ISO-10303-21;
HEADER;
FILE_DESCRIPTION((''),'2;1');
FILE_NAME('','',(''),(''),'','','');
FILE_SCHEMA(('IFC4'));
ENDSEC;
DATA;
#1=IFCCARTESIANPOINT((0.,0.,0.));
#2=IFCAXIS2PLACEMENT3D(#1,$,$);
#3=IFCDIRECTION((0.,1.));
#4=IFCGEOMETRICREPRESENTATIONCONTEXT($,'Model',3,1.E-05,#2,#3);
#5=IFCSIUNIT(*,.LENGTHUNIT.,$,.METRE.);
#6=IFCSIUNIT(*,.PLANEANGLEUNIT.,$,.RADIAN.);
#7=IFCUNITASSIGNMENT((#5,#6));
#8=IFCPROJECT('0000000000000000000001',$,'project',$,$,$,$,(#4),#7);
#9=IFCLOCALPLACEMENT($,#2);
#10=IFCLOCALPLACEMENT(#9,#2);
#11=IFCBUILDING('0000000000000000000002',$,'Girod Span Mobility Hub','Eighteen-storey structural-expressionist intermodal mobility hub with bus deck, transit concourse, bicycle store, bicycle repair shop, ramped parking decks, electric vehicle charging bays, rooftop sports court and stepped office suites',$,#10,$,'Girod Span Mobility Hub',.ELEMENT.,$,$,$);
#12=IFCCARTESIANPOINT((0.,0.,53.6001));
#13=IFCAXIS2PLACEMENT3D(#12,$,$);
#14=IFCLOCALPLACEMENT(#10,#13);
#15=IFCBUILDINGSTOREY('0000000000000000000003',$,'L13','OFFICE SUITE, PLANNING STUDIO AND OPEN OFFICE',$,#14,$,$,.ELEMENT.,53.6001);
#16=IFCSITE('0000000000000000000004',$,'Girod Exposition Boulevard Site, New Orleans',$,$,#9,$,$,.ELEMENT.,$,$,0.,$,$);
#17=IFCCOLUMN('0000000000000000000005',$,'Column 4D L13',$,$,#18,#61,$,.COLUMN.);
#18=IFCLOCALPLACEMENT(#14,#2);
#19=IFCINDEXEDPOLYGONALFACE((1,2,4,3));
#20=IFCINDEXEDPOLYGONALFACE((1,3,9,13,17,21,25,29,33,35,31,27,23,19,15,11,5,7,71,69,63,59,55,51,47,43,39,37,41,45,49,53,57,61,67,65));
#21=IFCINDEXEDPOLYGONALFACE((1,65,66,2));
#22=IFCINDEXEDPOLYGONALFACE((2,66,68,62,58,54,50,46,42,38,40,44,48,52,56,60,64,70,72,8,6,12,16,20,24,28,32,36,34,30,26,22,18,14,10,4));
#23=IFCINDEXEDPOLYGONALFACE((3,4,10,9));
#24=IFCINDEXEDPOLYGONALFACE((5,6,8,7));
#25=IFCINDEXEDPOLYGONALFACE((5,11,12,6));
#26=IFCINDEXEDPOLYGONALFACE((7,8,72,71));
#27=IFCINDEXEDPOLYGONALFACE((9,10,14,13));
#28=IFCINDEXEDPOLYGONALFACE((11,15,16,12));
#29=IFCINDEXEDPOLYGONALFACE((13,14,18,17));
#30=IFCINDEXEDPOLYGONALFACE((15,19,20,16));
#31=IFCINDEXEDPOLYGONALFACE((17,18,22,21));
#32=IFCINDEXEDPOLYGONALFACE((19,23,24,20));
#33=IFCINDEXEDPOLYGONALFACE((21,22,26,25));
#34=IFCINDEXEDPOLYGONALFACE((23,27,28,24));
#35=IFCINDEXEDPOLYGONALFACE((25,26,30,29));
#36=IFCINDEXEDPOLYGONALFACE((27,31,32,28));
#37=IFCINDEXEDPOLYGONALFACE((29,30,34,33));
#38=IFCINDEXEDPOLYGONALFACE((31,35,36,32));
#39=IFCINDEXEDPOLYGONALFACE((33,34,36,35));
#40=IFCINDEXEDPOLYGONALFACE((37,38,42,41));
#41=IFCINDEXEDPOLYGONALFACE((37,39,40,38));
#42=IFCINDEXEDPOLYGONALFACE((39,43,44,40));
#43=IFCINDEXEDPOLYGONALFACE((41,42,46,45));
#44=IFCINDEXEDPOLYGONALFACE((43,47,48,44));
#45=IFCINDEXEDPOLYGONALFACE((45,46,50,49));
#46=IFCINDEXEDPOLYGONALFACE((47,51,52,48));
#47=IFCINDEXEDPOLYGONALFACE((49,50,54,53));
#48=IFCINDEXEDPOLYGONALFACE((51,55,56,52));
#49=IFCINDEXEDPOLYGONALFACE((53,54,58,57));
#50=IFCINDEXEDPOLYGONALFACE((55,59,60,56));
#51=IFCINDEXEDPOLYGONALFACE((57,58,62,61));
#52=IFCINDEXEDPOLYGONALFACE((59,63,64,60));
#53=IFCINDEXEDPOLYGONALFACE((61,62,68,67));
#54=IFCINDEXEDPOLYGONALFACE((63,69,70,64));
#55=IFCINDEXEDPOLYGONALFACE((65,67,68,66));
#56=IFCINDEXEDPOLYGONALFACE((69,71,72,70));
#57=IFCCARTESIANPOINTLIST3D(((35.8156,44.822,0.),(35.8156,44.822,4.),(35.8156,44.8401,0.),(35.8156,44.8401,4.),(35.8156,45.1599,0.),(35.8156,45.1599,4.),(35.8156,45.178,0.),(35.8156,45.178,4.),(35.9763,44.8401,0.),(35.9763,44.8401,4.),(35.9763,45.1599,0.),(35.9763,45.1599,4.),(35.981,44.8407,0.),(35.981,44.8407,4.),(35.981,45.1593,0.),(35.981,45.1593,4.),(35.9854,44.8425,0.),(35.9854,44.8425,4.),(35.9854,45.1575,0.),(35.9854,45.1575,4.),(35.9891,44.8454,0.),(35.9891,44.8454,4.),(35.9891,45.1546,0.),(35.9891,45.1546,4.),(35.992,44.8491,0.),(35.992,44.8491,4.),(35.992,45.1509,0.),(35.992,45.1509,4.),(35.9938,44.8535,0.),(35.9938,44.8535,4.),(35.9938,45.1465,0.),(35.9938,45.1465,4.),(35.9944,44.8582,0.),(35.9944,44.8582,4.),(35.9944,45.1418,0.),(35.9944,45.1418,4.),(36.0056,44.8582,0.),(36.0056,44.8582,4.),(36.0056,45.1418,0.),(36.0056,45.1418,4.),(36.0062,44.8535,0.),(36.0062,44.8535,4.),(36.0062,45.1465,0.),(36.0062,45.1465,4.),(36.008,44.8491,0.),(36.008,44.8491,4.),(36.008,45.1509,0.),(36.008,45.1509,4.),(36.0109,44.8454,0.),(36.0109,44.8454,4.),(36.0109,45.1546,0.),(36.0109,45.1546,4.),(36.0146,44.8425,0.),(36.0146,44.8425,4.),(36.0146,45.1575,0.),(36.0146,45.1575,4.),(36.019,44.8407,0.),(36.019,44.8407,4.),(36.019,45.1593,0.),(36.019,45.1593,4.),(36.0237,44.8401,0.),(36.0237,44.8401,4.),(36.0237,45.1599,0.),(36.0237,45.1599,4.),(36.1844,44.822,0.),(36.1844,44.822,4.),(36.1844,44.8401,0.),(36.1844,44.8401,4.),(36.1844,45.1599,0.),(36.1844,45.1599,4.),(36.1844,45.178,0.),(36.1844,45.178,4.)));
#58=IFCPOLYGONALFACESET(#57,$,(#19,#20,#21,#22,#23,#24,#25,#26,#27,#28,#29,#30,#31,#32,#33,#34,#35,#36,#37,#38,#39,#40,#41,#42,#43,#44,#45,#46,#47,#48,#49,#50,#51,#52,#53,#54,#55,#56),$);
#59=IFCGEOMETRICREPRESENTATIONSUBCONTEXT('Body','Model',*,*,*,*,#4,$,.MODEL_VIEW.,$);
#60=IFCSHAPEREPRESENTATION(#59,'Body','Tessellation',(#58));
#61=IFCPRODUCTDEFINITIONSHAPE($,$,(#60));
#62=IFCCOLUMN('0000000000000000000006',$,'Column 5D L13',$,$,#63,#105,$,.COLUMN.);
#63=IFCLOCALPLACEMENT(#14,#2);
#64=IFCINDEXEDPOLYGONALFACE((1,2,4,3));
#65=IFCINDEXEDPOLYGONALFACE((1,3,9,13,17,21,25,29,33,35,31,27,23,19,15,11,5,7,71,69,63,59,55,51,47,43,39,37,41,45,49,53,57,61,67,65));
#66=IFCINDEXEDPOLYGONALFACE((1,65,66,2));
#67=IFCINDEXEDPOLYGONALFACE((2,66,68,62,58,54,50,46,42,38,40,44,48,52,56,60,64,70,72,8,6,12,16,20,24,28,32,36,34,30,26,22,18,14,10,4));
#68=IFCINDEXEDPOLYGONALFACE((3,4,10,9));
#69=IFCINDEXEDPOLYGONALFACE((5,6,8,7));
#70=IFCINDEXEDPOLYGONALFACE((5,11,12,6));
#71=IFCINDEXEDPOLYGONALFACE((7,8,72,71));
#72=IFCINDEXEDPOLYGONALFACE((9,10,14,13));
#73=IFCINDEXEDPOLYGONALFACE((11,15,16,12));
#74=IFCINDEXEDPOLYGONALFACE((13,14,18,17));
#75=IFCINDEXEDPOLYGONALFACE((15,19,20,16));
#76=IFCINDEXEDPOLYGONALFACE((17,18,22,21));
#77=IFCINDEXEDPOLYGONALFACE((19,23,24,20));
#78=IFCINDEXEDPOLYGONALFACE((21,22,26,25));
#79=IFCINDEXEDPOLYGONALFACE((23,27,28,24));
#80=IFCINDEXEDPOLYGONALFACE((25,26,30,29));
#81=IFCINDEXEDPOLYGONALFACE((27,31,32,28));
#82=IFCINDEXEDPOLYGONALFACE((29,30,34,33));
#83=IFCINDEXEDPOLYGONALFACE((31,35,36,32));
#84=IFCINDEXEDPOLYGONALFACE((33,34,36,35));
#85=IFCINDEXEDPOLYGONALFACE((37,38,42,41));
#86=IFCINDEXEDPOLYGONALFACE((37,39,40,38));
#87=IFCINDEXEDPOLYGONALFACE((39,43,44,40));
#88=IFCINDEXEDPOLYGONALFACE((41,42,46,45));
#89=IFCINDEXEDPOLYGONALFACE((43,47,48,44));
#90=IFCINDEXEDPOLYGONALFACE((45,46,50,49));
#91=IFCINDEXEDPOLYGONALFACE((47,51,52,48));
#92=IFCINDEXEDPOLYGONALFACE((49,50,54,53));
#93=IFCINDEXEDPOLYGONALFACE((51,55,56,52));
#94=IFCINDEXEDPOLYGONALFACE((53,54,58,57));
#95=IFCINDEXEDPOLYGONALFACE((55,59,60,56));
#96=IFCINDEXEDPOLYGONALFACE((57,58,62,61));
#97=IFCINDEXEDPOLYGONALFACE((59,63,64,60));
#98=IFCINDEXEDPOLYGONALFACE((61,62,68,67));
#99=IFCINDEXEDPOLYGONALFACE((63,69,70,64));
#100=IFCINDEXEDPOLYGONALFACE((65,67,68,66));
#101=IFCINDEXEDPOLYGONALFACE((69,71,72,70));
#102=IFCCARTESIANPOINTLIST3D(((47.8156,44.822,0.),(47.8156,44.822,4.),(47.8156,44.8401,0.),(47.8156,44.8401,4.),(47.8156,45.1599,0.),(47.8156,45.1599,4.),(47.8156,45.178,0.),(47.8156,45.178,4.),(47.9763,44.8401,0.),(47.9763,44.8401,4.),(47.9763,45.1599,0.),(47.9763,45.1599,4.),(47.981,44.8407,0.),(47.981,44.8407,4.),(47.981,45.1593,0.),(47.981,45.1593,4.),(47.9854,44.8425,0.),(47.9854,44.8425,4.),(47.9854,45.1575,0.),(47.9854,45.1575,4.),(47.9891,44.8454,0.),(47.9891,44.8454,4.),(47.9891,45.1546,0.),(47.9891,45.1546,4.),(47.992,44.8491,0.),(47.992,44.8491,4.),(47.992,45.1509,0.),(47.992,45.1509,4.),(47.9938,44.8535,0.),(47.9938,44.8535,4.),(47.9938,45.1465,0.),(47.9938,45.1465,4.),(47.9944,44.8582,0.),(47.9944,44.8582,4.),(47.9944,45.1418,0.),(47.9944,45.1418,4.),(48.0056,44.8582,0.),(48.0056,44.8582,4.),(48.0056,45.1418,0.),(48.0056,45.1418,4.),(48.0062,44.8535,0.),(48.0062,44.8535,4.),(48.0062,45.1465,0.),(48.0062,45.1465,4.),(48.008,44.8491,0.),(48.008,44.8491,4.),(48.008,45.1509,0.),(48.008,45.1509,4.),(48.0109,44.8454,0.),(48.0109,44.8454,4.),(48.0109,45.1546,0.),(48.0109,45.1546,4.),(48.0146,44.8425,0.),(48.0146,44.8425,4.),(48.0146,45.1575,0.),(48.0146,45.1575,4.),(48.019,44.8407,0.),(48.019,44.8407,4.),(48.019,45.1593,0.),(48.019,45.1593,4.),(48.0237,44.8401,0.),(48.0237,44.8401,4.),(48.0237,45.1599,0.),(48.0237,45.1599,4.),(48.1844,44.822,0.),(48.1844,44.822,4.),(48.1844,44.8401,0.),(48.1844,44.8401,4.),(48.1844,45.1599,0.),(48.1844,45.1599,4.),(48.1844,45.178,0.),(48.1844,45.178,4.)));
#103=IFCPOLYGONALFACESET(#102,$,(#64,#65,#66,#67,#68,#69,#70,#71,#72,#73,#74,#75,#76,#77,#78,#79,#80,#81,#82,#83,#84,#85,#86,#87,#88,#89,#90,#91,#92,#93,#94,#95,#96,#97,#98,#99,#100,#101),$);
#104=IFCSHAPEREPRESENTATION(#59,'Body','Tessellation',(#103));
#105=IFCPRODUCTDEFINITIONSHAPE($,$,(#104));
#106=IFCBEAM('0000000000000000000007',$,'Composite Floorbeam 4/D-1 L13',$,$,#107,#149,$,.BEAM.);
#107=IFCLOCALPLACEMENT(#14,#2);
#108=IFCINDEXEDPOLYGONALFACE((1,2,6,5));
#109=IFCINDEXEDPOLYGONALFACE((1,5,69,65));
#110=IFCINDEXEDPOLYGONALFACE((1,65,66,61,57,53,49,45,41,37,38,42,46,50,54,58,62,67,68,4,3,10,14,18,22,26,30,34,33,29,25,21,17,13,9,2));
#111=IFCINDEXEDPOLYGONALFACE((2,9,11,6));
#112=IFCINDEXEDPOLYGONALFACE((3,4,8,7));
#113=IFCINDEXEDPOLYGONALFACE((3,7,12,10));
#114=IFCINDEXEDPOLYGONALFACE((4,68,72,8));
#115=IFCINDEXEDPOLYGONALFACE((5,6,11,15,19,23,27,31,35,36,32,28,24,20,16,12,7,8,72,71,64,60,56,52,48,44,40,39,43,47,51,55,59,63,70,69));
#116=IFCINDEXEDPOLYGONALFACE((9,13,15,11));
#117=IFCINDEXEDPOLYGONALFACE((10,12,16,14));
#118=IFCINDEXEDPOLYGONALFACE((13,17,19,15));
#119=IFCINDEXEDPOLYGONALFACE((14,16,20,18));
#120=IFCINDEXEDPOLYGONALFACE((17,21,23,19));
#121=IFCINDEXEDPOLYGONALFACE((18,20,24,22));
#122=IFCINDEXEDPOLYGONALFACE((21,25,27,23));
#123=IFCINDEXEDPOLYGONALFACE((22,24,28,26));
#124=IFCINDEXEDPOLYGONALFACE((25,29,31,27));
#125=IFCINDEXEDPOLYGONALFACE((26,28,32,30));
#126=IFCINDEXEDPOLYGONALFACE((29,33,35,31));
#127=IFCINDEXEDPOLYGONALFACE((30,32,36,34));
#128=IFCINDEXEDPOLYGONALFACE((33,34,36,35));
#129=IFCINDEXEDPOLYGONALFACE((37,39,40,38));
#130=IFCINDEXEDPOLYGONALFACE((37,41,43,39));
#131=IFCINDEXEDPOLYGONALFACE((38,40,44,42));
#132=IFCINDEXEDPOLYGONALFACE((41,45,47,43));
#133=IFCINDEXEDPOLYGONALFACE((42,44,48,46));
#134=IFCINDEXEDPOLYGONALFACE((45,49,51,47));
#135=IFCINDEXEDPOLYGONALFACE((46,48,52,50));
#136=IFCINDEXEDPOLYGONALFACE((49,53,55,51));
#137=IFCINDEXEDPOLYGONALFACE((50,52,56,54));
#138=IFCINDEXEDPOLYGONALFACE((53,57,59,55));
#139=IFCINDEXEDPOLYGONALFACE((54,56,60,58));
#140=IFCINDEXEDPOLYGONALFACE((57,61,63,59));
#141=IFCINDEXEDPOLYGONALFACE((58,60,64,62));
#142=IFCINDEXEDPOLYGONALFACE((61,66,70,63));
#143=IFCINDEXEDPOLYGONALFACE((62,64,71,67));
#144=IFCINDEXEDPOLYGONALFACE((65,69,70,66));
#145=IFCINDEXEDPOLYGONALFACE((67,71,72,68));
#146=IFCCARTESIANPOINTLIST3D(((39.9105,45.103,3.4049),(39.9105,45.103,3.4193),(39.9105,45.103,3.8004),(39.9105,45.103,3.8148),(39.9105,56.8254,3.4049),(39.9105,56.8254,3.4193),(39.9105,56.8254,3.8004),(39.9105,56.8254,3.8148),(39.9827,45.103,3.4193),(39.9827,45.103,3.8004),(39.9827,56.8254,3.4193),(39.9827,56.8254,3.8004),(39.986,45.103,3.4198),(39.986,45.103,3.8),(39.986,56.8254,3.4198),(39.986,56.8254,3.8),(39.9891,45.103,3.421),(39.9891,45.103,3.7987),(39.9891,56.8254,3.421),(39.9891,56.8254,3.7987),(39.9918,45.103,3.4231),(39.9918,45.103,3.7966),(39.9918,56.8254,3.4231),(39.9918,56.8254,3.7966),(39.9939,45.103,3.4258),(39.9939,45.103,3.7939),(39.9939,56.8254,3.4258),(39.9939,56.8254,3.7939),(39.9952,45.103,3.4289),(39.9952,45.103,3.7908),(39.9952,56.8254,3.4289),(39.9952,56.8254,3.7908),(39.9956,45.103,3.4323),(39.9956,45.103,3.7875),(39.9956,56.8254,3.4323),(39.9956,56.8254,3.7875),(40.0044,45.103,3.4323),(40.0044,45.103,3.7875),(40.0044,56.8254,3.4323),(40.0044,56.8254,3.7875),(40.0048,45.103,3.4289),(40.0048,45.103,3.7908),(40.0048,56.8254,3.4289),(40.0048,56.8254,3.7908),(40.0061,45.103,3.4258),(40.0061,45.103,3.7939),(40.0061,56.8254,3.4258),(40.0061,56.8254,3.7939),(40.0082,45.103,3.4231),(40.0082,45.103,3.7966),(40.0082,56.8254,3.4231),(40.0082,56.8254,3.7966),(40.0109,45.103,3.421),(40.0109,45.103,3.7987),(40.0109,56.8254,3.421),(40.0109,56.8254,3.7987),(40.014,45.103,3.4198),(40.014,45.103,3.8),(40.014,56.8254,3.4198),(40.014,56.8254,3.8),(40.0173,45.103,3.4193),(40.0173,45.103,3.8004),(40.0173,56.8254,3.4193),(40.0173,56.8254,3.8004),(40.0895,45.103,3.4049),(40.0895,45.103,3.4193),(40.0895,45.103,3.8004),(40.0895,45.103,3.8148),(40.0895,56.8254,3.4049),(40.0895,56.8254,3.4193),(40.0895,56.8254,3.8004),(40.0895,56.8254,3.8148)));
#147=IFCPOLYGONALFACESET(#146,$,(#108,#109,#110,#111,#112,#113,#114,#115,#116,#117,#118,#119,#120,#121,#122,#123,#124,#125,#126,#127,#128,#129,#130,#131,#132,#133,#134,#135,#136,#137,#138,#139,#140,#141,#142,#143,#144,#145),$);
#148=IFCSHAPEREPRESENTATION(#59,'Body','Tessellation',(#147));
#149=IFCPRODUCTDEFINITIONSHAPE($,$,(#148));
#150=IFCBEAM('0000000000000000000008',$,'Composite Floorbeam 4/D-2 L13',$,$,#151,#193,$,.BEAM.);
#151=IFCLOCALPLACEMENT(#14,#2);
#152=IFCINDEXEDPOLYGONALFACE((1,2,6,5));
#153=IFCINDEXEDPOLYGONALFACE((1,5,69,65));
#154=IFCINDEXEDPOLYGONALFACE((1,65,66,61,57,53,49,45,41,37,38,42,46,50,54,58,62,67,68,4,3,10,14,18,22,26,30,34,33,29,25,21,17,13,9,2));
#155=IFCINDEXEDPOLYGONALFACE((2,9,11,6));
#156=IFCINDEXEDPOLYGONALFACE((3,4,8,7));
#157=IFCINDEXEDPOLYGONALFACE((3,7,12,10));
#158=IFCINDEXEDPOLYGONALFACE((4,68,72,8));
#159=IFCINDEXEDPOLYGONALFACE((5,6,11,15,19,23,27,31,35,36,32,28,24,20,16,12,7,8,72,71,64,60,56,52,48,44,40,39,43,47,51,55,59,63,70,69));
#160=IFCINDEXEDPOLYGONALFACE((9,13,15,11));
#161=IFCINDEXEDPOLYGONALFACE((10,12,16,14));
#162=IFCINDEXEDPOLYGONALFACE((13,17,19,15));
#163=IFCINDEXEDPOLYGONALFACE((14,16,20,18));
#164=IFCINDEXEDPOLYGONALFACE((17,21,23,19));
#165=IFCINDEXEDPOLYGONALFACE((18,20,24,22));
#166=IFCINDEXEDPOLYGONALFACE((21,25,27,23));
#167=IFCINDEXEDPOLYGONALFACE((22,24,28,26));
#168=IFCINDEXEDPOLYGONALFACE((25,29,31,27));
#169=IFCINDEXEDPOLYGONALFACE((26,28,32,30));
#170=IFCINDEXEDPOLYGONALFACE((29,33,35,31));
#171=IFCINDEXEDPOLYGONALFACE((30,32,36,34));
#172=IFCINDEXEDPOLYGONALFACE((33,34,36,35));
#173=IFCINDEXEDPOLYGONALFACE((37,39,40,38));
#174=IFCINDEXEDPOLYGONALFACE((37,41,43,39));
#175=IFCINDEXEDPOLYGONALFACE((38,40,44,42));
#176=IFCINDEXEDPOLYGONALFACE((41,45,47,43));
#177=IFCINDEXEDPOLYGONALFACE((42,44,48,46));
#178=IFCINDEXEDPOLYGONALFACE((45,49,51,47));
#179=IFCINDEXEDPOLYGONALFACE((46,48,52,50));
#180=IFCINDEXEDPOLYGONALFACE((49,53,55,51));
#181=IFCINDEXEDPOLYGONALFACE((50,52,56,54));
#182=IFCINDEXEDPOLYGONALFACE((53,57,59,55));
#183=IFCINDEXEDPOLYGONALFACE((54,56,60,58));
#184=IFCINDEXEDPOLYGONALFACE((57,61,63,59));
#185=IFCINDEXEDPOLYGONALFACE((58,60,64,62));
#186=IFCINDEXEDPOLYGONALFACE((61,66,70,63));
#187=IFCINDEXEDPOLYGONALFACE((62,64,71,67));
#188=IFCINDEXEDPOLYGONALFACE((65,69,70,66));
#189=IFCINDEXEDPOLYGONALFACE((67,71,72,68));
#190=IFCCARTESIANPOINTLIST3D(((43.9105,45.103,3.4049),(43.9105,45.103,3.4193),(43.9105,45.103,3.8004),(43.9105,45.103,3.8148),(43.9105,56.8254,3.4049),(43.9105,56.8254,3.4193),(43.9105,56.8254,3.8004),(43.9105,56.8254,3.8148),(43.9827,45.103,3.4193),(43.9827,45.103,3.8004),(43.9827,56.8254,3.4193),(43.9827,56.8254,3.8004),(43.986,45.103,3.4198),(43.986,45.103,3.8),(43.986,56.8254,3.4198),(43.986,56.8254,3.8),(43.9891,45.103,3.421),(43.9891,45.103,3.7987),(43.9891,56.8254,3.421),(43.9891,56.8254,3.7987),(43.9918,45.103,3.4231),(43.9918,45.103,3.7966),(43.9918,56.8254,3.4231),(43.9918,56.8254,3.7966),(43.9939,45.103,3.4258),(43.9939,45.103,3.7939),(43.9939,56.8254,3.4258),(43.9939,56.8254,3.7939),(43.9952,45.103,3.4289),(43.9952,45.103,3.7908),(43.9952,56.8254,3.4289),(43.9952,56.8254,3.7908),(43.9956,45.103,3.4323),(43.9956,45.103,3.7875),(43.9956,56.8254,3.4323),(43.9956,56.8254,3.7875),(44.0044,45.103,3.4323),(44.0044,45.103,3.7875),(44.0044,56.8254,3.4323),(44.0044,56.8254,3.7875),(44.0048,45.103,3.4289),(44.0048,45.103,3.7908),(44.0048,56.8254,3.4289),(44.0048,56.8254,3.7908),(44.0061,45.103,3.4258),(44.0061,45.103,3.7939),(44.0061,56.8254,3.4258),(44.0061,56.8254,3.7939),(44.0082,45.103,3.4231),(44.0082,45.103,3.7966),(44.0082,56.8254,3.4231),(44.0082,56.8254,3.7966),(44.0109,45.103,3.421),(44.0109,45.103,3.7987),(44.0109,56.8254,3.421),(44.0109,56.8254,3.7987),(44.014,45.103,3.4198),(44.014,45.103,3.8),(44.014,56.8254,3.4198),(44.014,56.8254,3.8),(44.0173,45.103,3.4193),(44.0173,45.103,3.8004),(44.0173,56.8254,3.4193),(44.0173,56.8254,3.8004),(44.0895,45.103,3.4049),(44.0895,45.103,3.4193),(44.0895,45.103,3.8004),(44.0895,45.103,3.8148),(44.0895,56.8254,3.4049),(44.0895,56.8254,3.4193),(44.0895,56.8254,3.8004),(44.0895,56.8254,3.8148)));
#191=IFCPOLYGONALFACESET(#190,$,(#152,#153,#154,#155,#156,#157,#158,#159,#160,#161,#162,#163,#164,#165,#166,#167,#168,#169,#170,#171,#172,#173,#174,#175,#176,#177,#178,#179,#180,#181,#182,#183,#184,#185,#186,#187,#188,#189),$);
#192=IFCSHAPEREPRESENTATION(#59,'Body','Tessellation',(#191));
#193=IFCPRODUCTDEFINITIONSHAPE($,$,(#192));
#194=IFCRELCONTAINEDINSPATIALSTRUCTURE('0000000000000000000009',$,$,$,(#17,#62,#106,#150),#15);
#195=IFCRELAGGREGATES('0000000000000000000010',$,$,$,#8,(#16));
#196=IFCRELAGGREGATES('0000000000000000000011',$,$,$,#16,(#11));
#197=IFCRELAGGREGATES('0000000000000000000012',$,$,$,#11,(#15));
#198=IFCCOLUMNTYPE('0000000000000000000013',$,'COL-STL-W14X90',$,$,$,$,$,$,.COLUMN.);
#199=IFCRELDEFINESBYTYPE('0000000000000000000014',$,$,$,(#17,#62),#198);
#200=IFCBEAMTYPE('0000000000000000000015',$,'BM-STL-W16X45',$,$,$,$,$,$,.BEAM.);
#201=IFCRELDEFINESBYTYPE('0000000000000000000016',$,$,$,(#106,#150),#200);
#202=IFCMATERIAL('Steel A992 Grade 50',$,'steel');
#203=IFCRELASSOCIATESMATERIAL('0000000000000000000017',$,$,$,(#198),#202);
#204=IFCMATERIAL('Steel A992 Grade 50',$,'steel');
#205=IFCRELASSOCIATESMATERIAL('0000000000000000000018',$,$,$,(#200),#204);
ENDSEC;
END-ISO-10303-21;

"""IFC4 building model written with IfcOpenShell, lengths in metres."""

from ifc_helpers import new_model, si_unit, direction, frame, origin, origin_2d, place, context, subcontext, project, spatial, i_section, extrude, material, material_profile, profile_set, type_object, element, save


model = new_model("IFC4")

# Units and contexts
model_context = context("Model", 3, precision=1e-05, world=origin(), true_north=direction((0.0, 1.0)))
body_context = subcontext(model_context, "Body", "Model", "MODEL_VIEW")
ifc_project = project(units=[si_unit("LENGTHUNIT", "METRE"), si_unit("PLANEANGLEUNIT", "RADIAN")], contexts=[model_context])

# Site, building, storey
site_placement = place(None, origin())
site = spatial("IfcSite", under=ifc_project, at=site_placement, Name="Girod Exposition Boulevard Site, New Orleans", CompositionType="ELEMENT", RefElevation=0.0)
building_placement = place(site_placement, origin())
building = spatial("IfcBuilding", under=site, at=building_placement, Name="Girod Span Mobility Hub", Description="Eighteen-storey structural-expressionist intermodal mobility hub with bus deck, transit concourse, bicycle store, bicycle repair shop, ramped parking decks, electric vehicle charging bays, rooftop sports court and stepped office suites", LongName="Girod Span Mobility Hub", CompositionType="ELEMENT")
storey_placement = place(building_placement, frame((0.0, 0.0, 53.6001)))
storey = spatial("IfcBuildingStorey", under=building, at=storey_placement, Name="L13", Description="OFFICE SUITE, PLANNING STUDIO AND OPEN OFFICE", CompositionType="ELEMENT", Elevation=53.6001)

# Columns
ifc_material_1 = material(Name="Steel A992 Grade 50", Category="steel")
ifc_material_profile_1 = material_profile(ifc_material_1, i_section(OverallWidth=0.3689, OverallDepth=0.356, WebThickness=0.0112, FlangeThickness=0.0181, FilletRadius=0.0181, at=origin_2d()), Name="W14X90")
ifc_profile_set_1 = profile_set([ifc_material_profile_1], Name="Steel A992 Grade 50")
column_type = type_object("IfcColumnType", Name="COL-STL-W14X90", PredefinedType="COLUMN", material=ifc_profile_set_1)
for number, where, z_axis, x_axis, name in (
    (1, (36.0, 45.0, 0.0), (0.0, 0.0, 1.0), (1.0, 0.0, 0.0), "Column 4D L13"),
    (2, (48.0, 45.0, 0.0), (0.0, 0.0, 1.0), (1.0, 0.0, 0.0), "Column 5D L13"),
):
    element("IfcColumn", number, at=place(storey_placement, frame(where, z_axis=z_axis, x_axis=x_axis)), inside=storey, type_object=column_type, Name=name, PredefinedType="COLUMN", context=body_context, shape_type="SweptSolid", body=[
        extrude(i_section(OverallWidth=0.3689, OverallDepth=0.356, WebThickness=0.0112, FlangeThickness=0.0181, FilletRadius=0.0181, at=origin_2d()), origin(), (0.0, 0.0, 1.0), 4.0),
    ])

# Beams
ifc_material_2 = material(Name="Steel A992 Grade 50", Category="steel")
ifc_material_profile_2 = material_profile(ifc_material_2, i_section(OverallWidth=0.179, OverallDepth=0.4099, WebThickness=0.0088, FlangeThickness=0.0144, FilletRadius=0.0129, at=origin_2d()), Name="W16X45")
ifc_profile_set_2 = profile_set([ifc_material_profile_2], Name="Steel A992 Grade 50")
beam_type_1 = type_object("IfcBeamType", Name="BM-STL-W16X45", PredefinedType="BEAM", material=ifc_profile_set_2)
for number, where, z_axis, x_axis, name in (
    (3, (40.0, 45.103, 3.6099), (0.0, 1.0, 0.0), (-1.0, 0.0, 0.0), "Composite Floorbeam 4/D-1 L13"),
    (4, (44.0, 45.103, 3.6099), (0.0, 1.0, 0.0), (-1.0, 0.0, 0.0), "Composite Floorbeam 4/D-2 L13"),
):
    element("IfcBeam", number, at=place(storey_placement, frame(where, z_axis=z_axis, x_axis=x_axis)), inside=storey, type_object=beam_type_1, Name=name, PredefinedType="BEAM", context=body_context, shape_type="SweptSolid", body=[
        extrude(i_section(OverallWidth=0.179, OverallDepth=0.4099, WebThickness=0.0088, FlangeThickness=0.0144, FilletRadius=0.0129, at=origin_2d()), origin(), (0.0, 0.0, 1.0), 11.7224),
    ])

save(model, "model.ifc")
